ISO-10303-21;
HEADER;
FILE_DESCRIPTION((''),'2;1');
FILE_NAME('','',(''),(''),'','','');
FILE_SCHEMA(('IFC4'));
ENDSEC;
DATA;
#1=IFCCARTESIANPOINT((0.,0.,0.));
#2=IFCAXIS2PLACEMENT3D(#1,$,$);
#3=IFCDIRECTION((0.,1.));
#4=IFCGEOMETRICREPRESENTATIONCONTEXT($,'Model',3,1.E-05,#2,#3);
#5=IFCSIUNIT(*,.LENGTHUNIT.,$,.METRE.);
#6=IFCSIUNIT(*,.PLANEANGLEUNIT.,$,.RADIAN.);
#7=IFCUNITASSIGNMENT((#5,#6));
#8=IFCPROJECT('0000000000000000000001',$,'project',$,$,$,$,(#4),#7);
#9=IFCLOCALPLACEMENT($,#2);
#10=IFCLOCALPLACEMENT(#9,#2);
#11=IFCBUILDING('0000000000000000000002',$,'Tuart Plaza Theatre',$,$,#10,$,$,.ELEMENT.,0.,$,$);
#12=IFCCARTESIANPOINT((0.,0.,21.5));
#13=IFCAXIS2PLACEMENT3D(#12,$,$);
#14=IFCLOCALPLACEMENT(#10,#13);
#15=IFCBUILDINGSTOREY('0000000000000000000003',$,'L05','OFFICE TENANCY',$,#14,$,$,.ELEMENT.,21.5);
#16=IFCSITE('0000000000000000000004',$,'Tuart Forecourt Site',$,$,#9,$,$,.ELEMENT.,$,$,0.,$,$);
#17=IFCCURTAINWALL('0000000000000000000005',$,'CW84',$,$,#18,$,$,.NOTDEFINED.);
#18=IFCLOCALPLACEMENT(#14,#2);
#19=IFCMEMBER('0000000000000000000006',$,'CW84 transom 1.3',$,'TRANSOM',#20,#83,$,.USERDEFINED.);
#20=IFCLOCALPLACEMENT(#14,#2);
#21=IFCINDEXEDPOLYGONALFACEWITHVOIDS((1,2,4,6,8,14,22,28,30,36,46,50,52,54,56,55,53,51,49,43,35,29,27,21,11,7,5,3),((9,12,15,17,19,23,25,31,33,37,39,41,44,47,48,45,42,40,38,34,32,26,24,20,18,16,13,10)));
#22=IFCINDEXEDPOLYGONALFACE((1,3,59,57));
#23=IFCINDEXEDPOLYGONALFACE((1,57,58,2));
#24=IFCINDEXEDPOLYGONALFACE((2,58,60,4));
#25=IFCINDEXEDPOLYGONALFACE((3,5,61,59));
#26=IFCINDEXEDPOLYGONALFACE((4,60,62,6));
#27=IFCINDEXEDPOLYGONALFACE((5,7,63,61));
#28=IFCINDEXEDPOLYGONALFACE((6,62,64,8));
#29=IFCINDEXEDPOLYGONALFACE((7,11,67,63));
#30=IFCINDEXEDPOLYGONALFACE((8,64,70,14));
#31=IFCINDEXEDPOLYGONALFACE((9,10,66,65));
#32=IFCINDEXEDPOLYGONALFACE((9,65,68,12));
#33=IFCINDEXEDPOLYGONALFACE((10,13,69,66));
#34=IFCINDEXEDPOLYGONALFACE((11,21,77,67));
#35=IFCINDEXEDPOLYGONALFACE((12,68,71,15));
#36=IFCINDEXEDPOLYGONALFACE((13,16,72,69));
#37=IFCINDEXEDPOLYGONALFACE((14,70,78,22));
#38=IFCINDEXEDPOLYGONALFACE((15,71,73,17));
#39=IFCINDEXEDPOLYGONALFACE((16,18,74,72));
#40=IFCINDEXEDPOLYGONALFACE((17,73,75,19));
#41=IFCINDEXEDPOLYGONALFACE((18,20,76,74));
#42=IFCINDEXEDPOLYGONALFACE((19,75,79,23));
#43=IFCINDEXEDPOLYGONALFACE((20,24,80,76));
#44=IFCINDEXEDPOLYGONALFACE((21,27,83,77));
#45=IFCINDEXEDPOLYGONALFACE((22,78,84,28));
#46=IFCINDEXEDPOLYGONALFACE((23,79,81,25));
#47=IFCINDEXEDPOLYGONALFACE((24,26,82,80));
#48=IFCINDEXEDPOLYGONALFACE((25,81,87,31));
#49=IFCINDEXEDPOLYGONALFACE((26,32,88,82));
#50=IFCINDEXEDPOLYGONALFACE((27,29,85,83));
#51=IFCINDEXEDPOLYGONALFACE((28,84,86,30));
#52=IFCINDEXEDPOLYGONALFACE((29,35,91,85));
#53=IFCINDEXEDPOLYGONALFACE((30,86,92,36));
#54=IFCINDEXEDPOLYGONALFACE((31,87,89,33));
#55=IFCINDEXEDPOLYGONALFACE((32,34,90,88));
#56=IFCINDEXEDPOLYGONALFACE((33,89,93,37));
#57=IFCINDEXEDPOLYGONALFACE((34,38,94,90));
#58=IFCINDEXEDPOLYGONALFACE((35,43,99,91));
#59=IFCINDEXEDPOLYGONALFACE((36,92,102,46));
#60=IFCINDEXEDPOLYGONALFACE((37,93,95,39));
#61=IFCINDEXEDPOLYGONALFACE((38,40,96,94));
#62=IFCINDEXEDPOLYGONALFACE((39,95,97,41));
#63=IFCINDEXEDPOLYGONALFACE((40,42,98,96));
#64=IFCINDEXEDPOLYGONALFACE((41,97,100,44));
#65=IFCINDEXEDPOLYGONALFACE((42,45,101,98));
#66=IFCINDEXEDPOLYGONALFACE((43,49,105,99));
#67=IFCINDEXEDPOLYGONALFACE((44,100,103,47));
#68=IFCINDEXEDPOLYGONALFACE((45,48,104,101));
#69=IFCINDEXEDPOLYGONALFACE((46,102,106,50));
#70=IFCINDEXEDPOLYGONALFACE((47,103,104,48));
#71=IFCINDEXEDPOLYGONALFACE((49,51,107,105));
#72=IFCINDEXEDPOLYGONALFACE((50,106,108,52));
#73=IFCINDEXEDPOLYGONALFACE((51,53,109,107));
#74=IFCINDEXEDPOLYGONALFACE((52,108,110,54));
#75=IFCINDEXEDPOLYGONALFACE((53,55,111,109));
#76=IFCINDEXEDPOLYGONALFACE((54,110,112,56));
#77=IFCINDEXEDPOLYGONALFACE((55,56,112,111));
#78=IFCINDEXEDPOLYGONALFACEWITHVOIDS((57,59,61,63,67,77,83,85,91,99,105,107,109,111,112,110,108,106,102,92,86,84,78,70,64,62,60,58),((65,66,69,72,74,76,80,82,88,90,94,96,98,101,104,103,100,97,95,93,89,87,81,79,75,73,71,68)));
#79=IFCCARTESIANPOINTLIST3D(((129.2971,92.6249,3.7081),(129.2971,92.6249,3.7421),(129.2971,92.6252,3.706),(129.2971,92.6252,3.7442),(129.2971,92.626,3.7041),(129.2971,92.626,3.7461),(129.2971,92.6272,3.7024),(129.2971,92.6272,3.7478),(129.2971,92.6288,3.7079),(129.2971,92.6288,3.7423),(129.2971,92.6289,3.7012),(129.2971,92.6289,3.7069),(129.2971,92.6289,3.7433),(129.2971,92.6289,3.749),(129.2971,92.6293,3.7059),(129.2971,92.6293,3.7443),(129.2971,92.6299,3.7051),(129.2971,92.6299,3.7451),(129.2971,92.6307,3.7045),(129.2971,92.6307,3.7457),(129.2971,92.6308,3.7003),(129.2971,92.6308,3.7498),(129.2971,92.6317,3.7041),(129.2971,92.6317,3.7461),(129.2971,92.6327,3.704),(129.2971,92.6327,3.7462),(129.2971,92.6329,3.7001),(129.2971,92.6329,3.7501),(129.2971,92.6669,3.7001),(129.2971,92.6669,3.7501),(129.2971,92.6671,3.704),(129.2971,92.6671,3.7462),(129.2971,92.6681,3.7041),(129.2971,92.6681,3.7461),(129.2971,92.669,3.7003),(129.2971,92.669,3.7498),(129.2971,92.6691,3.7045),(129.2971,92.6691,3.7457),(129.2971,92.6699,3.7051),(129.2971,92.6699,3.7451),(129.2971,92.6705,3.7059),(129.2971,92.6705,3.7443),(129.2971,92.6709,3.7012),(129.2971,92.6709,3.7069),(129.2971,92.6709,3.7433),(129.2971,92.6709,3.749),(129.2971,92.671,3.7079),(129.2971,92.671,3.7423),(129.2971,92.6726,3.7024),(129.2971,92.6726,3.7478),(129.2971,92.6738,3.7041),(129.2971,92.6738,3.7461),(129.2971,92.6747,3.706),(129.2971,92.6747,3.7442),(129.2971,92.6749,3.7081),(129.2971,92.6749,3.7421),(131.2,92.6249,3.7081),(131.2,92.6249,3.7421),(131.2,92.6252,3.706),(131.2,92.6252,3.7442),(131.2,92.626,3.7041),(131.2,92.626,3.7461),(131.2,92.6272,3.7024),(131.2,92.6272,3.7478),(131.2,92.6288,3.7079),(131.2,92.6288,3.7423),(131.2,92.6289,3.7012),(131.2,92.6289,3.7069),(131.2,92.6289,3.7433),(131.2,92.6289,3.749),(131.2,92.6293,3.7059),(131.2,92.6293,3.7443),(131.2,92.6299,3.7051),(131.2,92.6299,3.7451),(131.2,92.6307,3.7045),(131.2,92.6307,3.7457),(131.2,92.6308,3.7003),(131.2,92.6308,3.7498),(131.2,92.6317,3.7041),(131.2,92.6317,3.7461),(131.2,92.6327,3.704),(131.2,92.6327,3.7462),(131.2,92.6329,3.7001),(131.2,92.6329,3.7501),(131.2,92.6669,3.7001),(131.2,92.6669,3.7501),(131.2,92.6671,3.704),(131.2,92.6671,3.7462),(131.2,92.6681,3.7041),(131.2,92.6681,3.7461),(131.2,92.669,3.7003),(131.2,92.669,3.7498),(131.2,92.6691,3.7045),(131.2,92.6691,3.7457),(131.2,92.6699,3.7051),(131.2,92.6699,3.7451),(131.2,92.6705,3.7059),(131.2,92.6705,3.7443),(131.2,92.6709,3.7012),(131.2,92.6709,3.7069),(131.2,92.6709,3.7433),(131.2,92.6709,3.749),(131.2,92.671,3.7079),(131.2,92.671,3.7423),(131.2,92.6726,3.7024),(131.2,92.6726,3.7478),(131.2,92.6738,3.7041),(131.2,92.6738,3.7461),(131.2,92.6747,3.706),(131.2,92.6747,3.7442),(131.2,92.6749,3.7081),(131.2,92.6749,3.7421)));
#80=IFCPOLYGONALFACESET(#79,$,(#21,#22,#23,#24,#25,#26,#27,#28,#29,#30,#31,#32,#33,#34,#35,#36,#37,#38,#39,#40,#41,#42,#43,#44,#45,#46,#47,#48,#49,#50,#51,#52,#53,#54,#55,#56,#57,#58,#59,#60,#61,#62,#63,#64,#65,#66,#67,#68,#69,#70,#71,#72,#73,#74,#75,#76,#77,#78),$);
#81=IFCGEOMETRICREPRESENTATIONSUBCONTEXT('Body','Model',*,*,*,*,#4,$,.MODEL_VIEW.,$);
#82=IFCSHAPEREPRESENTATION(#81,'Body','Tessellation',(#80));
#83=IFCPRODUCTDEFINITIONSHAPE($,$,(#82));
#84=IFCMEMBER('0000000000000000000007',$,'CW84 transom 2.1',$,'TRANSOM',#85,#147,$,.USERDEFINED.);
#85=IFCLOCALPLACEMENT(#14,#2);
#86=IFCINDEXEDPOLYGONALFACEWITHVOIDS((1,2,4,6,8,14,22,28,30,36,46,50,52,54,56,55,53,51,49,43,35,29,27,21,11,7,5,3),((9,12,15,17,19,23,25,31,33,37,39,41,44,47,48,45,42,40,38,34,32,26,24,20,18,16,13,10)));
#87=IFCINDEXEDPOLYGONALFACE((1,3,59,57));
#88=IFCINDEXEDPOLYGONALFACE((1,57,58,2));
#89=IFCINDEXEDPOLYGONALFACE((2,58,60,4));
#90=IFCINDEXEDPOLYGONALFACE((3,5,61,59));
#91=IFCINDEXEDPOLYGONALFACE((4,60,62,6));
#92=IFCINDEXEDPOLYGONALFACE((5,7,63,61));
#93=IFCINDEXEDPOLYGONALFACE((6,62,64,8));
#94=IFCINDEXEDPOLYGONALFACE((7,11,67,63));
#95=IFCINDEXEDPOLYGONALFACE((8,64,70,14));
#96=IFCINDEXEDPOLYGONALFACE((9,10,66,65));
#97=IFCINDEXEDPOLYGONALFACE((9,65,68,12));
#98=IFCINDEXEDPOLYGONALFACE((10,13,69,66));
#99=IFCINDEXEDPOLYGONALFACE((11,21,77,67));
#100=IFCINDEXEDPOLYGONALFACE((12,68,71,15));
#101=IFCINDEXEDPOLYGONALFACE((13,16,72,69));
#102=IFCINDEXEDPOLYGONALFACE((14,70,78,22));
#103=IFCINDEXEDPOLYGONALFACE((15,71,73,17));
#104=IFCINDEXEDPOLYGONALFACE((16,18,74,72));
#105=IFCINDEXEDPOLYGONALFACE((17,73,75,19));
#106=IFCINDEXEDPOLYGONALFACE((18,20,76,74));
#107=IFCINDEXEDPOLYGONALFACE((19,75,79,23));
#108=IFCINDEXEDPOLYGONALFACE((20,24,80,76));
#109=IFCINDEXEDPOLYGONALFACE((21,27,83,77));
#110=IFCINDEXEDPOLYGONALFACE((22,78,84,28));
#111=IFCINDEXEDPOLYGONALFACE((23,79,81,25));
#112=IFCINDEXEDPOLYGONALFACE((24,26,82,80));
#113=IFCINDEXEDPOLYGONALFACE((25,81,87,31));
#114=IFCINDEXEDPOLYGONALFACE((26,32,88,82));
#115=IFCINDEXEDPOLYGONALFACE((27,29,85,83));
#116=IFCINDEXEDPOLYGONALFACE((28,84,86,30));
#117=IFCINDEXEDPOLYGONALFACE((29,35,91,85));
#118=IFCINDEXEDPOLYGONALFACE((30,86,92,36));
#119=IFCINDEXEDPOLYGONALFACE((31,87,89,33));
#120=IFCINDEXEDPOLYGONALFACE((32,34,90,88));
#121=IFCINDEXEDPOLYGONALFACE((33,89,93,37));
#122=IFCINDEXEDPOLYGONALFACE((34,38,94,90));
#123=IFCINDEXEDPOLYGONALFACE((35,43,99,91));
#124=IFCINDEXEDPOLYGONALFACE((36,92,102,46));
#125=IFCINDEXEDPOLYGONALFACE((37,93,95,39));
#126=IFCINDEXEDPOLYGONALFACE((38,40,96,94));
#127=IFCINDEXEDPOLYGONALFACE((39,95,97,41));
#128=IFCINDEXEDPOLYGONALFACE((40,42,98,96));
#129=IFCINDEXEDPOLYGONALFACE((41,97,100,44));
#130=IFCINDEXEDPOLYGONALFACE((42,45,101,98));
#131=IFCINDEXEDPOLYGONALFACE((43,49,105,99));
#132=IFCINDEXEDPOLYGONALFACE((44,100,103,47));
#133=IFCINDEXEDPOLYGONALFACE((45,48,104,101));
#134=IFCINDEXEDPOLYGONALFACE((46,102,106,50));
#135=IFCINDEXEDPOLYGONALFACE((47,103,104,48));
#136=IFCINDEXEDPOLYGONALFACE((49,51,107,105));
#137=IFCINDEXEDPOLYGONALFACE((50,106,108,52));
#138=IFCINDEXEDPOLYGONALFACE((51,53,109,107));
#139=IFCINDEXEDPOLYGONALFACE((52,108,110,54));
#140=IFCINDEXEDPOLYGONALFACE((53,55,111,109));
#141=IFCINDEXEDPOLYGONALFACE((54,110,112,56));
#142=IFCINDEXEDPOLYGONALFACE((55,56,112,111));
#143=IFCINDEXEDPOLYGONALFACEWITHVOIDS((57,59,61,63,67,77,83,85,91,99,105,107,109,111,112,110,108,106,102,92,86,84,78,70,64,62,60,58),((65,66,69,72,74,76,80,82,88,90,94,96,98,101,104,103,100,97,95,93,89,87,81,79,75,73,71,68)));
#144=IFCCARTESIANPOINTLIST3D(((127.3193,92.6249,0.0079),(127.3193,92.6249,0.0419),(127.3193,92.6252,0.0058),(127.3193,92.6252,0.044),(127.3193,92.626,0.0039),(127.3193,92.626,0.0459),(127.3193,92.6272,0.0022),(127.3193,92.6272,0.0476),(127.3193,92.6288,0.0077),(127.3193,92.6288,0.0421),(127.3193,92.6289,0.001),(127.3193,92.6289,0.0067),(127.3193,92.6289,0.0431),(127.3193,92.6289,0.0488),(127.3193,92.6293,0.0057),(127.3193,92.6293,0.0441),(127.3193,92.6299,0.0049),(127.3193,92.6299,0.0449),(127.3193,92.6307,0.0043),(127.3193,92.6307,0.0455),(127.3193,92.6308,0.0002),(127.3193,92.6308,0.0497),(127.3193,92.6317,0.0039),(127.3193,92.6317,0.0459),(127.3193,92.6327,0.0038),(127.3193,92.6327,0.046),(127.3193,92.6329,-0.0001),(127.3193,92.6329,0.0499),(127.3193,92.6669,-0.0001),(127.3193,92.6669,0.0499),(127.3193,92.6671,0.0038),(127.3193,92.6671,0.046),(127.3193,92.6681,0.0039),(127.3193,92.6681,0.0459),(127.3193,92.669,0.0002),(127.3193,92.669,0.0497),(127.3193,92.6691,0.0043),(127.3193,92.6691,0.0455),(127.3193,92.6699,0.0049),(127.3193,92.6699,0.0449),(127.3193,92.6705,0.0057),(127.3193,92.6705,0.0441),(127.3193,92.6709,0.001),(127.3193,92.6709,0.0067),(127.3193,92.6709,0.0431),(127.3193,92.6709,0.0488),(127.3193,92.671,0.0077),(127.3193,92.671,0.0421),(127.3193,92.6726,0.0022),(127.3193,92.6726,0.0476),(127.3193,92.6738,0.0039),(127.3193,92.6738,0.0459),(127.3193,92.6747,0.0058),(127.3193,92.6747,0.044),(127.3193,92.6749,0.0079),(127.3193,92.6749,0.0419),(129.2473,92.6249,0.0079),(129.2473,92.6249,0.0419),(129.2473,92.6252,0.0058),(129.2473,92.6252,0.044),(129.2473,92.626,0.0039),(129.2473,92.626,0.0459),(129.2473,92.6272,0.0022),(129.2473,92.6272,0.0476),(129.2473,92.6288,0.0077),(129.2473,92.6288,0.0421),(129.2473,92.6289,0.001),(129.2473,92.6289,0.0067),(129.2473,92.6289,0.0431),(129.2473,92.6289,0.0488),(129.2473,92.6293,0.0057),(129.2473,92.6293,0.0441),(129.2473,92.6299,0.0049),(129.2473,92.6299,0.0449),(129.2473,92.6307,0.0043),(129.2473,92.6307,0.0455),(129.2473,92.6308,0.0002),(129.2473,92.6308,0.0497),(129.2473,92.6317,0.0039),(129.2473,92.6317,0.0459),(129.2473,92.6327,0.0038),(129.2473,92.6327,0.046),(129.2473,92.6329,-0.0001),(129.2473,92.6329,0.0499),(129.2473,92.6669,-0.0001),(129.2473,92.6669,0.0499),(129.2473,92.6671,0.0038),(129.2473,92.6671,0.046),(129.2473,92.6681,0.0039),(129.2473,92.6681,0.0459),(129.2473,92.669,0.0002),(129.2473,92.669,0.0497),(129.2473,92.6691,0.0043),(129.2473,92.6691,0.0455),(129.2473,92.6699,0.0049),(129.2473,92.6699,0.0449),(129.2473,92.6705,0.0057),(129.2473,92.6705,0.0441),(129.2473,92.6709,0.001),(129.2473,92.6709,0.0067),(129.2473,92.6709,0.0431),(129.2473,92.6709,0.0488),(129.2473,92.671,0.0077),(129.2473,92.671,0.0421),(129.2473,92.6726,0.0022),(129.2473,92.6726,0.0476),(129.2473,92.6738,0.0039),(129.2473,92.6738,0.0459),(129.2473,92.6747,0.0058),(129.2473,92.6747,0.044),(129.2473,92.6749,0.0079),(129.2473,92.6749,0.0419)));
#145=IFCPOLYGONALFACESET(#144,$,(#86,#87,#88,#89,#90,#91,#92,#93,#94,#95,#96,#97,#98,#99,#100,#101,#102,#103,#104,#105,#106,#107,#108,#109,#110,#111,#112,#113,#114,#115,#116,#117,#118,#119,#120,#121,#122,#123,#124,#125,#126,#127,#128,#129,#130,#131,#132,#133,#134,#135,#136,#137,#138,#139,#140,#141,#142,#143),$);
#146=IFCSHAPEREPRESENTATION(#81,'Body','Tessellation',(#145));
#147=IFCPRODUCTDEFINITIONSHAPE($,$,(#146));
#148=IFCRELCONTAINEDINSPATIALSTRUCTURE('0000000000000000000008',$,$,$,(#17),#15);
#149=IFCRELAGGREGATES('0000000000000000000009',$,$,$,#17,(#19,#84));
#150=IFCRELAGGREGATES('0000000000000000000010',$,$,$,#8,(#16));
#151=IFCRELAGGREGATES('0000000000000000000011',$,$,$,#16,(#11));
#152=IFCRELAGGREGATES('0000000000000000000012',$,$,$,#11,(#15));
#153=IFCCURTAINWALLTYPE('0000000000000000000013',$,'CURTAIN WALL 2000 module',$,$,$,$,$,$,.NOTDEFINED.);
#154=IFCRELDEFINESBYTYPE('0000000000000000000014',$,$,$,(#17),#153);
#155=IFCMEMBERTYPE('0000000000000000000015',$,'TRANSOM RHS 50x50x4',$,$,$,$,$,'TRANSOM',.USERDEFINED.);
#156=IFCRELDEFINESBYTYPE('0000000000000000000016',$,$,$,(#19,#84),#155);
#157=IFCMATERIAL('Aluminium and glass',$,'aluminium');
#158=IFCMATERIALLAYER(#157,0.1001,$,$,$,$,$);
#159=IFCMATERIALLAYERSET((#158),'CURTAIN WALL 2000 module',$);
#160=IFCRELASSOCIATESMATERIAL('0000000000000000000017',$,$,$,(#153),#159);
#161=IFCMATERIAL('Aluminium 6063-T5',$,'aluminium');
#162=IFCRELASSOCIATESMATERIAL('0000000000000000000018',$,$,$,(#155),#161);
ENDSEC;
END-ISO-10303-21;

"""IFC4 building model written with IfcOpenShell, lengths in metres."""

from ifc_helpers import new_model, si_unit, direction, frame, origin, origin_2d, place, context, subcontext, project, spatial, hollow_rectangle, extrude, material, layer, layer_set, material_profile, profile_set, type_object, element, aggregate, save


model = new_model("IFC4")

# Units and contexts
model_context = context("Model", 3, precision=1e-05, world=origin(), true_north=direction((0.0, 1.0)))
body_context = subcontext(model_context, "Body", "Model", "MODEL_VIEW")
ifc_project = project(units=[si_unit("LENGTHUNIT", "METRE"), si_unit("PLANEANGLEUNIT", "RADIAN")], contexts=[model_context])

# Site, building, storey
site_placement = place(None, origin())
site = spatial("IfcSite", under=ifc_project, at=site_placement, Name="Tuart Forecourt Site", CompositionType="ELEMENT", RefElevation=0.0)
building_placement = place(site_placement, origin())
building = spatial("IfcBuilding", under=site, at=building_placement, Name="Tuart Plaza Theatre", CompositionType="ELEMENT", ElevationOfRefHeight=0.0)
storey_placement = place(building_placement, frame((0.0, 0.0, 21.5)))
storey = spatial("IfcBuildingStorey", under=building, at=storey_placement, Name="L05", Description="OFFICE TENANCY", CompositionType="ELEMENT", Elevation=21.5)

# Shared definitions
ifc_material_1 = material(Name="Aluminium and glass", Category="aluminium")
ifc_layer_1 = layer(ifc_material_1, 0.1001)
ifc_layer_set_1 = layer_set([ifc_layer_1], Name="CURTAIN WALL 2000 module")
curtain_wall_type = type_object("IfcCurtainWallType", Name="CURTAIN WALL 2000 module", PredefinedType="NOTDEFINED", material=ifc_layer_set_1)

# Curtain wall
curtain_wall_1_placement = place(storey_placement, origin())
curtain_wall_1 = element("IfcCurtainWall", 1, at=curtain_wall_1_placement, inside=storey, type_object=curtain_wall_type, Name="CW84", PredefinedType="NOTDEFINED")

# Members
ifc_material_2 = material(Name="Aluminium 6063-T5", Category="aluminium")
ifc_material_profile_1 = material_profile(ifc_material_2, hollow_rectangle(XDim=0.05, YDim=0.05, WallThickness=0.0039, InnerFilletRadius=0.0039, OuterFilletRadius=0.0081, at=origin_2d()), Name="RHS 50x50x4")
ifc_profile_set_1 = profile_set([ifc_material_profile_1], Name="Aluminium 6063-T5")
member_type_1 = type_object("IfcMemberType", Name="TRANSOM RHS 50x50x4", ElementType="TRANSOM", PredefinedType="USERDEFINED", material=ifc_profile_set_1)
member_1_placement = place(storey_placement, frame((131.2, 92.6499, 3.7251), z_axis=(-1.0, 0.0, 0.0), x_axis=(0.0, -1.0, 0.0)))
member_1 = element("IfcMember", 2, at=member_1_placement, type_object=member_type_1, Name="CW84 transom 1.3", ObjectType="TRANSOM", PredefinedType="USERDEFINED", context=body_context, shape_type="SweptSolid", body=[
    extrude(hollow_rectangle(XDim=0.05, YDim=0.05, WallThickness=0.0039, InnerFilletRadius=0.0039, OuterFilletRadius=0.0081, at=origin_2d()), origin(), (0.0, 0.0, 1.0), 1.9028),
])
member_2_placement = place(storey_placement, frame((129.2473, 92.6499, 0.0249), z_axis=(-1.0, 0.0, 0.0), x_axis=(0.0, -1.0, 0.0)))
member_2 = element("IfcMember", 3, at=member_2_placement, type_object=member_type_1, Name="CW84 transom 2.1", ObjectType="TRANSOM", PredefinedType="USERDEFINED", context=body_context, shape_type="SweptSolid", body=[
    extrude(hollow_rectangle(XDim=0.05, YDim=0.05, WallThickness=0.0039, InnerFilletRadius=0.0039, OuterFilletRadius=0.0081, at=origin_2d()), origin(), (0.0, 0.0, 1.0), 1.928),
])

aggregate(curtain_wall_1, [member_1, member_2])

save(model, "model.ifc")
